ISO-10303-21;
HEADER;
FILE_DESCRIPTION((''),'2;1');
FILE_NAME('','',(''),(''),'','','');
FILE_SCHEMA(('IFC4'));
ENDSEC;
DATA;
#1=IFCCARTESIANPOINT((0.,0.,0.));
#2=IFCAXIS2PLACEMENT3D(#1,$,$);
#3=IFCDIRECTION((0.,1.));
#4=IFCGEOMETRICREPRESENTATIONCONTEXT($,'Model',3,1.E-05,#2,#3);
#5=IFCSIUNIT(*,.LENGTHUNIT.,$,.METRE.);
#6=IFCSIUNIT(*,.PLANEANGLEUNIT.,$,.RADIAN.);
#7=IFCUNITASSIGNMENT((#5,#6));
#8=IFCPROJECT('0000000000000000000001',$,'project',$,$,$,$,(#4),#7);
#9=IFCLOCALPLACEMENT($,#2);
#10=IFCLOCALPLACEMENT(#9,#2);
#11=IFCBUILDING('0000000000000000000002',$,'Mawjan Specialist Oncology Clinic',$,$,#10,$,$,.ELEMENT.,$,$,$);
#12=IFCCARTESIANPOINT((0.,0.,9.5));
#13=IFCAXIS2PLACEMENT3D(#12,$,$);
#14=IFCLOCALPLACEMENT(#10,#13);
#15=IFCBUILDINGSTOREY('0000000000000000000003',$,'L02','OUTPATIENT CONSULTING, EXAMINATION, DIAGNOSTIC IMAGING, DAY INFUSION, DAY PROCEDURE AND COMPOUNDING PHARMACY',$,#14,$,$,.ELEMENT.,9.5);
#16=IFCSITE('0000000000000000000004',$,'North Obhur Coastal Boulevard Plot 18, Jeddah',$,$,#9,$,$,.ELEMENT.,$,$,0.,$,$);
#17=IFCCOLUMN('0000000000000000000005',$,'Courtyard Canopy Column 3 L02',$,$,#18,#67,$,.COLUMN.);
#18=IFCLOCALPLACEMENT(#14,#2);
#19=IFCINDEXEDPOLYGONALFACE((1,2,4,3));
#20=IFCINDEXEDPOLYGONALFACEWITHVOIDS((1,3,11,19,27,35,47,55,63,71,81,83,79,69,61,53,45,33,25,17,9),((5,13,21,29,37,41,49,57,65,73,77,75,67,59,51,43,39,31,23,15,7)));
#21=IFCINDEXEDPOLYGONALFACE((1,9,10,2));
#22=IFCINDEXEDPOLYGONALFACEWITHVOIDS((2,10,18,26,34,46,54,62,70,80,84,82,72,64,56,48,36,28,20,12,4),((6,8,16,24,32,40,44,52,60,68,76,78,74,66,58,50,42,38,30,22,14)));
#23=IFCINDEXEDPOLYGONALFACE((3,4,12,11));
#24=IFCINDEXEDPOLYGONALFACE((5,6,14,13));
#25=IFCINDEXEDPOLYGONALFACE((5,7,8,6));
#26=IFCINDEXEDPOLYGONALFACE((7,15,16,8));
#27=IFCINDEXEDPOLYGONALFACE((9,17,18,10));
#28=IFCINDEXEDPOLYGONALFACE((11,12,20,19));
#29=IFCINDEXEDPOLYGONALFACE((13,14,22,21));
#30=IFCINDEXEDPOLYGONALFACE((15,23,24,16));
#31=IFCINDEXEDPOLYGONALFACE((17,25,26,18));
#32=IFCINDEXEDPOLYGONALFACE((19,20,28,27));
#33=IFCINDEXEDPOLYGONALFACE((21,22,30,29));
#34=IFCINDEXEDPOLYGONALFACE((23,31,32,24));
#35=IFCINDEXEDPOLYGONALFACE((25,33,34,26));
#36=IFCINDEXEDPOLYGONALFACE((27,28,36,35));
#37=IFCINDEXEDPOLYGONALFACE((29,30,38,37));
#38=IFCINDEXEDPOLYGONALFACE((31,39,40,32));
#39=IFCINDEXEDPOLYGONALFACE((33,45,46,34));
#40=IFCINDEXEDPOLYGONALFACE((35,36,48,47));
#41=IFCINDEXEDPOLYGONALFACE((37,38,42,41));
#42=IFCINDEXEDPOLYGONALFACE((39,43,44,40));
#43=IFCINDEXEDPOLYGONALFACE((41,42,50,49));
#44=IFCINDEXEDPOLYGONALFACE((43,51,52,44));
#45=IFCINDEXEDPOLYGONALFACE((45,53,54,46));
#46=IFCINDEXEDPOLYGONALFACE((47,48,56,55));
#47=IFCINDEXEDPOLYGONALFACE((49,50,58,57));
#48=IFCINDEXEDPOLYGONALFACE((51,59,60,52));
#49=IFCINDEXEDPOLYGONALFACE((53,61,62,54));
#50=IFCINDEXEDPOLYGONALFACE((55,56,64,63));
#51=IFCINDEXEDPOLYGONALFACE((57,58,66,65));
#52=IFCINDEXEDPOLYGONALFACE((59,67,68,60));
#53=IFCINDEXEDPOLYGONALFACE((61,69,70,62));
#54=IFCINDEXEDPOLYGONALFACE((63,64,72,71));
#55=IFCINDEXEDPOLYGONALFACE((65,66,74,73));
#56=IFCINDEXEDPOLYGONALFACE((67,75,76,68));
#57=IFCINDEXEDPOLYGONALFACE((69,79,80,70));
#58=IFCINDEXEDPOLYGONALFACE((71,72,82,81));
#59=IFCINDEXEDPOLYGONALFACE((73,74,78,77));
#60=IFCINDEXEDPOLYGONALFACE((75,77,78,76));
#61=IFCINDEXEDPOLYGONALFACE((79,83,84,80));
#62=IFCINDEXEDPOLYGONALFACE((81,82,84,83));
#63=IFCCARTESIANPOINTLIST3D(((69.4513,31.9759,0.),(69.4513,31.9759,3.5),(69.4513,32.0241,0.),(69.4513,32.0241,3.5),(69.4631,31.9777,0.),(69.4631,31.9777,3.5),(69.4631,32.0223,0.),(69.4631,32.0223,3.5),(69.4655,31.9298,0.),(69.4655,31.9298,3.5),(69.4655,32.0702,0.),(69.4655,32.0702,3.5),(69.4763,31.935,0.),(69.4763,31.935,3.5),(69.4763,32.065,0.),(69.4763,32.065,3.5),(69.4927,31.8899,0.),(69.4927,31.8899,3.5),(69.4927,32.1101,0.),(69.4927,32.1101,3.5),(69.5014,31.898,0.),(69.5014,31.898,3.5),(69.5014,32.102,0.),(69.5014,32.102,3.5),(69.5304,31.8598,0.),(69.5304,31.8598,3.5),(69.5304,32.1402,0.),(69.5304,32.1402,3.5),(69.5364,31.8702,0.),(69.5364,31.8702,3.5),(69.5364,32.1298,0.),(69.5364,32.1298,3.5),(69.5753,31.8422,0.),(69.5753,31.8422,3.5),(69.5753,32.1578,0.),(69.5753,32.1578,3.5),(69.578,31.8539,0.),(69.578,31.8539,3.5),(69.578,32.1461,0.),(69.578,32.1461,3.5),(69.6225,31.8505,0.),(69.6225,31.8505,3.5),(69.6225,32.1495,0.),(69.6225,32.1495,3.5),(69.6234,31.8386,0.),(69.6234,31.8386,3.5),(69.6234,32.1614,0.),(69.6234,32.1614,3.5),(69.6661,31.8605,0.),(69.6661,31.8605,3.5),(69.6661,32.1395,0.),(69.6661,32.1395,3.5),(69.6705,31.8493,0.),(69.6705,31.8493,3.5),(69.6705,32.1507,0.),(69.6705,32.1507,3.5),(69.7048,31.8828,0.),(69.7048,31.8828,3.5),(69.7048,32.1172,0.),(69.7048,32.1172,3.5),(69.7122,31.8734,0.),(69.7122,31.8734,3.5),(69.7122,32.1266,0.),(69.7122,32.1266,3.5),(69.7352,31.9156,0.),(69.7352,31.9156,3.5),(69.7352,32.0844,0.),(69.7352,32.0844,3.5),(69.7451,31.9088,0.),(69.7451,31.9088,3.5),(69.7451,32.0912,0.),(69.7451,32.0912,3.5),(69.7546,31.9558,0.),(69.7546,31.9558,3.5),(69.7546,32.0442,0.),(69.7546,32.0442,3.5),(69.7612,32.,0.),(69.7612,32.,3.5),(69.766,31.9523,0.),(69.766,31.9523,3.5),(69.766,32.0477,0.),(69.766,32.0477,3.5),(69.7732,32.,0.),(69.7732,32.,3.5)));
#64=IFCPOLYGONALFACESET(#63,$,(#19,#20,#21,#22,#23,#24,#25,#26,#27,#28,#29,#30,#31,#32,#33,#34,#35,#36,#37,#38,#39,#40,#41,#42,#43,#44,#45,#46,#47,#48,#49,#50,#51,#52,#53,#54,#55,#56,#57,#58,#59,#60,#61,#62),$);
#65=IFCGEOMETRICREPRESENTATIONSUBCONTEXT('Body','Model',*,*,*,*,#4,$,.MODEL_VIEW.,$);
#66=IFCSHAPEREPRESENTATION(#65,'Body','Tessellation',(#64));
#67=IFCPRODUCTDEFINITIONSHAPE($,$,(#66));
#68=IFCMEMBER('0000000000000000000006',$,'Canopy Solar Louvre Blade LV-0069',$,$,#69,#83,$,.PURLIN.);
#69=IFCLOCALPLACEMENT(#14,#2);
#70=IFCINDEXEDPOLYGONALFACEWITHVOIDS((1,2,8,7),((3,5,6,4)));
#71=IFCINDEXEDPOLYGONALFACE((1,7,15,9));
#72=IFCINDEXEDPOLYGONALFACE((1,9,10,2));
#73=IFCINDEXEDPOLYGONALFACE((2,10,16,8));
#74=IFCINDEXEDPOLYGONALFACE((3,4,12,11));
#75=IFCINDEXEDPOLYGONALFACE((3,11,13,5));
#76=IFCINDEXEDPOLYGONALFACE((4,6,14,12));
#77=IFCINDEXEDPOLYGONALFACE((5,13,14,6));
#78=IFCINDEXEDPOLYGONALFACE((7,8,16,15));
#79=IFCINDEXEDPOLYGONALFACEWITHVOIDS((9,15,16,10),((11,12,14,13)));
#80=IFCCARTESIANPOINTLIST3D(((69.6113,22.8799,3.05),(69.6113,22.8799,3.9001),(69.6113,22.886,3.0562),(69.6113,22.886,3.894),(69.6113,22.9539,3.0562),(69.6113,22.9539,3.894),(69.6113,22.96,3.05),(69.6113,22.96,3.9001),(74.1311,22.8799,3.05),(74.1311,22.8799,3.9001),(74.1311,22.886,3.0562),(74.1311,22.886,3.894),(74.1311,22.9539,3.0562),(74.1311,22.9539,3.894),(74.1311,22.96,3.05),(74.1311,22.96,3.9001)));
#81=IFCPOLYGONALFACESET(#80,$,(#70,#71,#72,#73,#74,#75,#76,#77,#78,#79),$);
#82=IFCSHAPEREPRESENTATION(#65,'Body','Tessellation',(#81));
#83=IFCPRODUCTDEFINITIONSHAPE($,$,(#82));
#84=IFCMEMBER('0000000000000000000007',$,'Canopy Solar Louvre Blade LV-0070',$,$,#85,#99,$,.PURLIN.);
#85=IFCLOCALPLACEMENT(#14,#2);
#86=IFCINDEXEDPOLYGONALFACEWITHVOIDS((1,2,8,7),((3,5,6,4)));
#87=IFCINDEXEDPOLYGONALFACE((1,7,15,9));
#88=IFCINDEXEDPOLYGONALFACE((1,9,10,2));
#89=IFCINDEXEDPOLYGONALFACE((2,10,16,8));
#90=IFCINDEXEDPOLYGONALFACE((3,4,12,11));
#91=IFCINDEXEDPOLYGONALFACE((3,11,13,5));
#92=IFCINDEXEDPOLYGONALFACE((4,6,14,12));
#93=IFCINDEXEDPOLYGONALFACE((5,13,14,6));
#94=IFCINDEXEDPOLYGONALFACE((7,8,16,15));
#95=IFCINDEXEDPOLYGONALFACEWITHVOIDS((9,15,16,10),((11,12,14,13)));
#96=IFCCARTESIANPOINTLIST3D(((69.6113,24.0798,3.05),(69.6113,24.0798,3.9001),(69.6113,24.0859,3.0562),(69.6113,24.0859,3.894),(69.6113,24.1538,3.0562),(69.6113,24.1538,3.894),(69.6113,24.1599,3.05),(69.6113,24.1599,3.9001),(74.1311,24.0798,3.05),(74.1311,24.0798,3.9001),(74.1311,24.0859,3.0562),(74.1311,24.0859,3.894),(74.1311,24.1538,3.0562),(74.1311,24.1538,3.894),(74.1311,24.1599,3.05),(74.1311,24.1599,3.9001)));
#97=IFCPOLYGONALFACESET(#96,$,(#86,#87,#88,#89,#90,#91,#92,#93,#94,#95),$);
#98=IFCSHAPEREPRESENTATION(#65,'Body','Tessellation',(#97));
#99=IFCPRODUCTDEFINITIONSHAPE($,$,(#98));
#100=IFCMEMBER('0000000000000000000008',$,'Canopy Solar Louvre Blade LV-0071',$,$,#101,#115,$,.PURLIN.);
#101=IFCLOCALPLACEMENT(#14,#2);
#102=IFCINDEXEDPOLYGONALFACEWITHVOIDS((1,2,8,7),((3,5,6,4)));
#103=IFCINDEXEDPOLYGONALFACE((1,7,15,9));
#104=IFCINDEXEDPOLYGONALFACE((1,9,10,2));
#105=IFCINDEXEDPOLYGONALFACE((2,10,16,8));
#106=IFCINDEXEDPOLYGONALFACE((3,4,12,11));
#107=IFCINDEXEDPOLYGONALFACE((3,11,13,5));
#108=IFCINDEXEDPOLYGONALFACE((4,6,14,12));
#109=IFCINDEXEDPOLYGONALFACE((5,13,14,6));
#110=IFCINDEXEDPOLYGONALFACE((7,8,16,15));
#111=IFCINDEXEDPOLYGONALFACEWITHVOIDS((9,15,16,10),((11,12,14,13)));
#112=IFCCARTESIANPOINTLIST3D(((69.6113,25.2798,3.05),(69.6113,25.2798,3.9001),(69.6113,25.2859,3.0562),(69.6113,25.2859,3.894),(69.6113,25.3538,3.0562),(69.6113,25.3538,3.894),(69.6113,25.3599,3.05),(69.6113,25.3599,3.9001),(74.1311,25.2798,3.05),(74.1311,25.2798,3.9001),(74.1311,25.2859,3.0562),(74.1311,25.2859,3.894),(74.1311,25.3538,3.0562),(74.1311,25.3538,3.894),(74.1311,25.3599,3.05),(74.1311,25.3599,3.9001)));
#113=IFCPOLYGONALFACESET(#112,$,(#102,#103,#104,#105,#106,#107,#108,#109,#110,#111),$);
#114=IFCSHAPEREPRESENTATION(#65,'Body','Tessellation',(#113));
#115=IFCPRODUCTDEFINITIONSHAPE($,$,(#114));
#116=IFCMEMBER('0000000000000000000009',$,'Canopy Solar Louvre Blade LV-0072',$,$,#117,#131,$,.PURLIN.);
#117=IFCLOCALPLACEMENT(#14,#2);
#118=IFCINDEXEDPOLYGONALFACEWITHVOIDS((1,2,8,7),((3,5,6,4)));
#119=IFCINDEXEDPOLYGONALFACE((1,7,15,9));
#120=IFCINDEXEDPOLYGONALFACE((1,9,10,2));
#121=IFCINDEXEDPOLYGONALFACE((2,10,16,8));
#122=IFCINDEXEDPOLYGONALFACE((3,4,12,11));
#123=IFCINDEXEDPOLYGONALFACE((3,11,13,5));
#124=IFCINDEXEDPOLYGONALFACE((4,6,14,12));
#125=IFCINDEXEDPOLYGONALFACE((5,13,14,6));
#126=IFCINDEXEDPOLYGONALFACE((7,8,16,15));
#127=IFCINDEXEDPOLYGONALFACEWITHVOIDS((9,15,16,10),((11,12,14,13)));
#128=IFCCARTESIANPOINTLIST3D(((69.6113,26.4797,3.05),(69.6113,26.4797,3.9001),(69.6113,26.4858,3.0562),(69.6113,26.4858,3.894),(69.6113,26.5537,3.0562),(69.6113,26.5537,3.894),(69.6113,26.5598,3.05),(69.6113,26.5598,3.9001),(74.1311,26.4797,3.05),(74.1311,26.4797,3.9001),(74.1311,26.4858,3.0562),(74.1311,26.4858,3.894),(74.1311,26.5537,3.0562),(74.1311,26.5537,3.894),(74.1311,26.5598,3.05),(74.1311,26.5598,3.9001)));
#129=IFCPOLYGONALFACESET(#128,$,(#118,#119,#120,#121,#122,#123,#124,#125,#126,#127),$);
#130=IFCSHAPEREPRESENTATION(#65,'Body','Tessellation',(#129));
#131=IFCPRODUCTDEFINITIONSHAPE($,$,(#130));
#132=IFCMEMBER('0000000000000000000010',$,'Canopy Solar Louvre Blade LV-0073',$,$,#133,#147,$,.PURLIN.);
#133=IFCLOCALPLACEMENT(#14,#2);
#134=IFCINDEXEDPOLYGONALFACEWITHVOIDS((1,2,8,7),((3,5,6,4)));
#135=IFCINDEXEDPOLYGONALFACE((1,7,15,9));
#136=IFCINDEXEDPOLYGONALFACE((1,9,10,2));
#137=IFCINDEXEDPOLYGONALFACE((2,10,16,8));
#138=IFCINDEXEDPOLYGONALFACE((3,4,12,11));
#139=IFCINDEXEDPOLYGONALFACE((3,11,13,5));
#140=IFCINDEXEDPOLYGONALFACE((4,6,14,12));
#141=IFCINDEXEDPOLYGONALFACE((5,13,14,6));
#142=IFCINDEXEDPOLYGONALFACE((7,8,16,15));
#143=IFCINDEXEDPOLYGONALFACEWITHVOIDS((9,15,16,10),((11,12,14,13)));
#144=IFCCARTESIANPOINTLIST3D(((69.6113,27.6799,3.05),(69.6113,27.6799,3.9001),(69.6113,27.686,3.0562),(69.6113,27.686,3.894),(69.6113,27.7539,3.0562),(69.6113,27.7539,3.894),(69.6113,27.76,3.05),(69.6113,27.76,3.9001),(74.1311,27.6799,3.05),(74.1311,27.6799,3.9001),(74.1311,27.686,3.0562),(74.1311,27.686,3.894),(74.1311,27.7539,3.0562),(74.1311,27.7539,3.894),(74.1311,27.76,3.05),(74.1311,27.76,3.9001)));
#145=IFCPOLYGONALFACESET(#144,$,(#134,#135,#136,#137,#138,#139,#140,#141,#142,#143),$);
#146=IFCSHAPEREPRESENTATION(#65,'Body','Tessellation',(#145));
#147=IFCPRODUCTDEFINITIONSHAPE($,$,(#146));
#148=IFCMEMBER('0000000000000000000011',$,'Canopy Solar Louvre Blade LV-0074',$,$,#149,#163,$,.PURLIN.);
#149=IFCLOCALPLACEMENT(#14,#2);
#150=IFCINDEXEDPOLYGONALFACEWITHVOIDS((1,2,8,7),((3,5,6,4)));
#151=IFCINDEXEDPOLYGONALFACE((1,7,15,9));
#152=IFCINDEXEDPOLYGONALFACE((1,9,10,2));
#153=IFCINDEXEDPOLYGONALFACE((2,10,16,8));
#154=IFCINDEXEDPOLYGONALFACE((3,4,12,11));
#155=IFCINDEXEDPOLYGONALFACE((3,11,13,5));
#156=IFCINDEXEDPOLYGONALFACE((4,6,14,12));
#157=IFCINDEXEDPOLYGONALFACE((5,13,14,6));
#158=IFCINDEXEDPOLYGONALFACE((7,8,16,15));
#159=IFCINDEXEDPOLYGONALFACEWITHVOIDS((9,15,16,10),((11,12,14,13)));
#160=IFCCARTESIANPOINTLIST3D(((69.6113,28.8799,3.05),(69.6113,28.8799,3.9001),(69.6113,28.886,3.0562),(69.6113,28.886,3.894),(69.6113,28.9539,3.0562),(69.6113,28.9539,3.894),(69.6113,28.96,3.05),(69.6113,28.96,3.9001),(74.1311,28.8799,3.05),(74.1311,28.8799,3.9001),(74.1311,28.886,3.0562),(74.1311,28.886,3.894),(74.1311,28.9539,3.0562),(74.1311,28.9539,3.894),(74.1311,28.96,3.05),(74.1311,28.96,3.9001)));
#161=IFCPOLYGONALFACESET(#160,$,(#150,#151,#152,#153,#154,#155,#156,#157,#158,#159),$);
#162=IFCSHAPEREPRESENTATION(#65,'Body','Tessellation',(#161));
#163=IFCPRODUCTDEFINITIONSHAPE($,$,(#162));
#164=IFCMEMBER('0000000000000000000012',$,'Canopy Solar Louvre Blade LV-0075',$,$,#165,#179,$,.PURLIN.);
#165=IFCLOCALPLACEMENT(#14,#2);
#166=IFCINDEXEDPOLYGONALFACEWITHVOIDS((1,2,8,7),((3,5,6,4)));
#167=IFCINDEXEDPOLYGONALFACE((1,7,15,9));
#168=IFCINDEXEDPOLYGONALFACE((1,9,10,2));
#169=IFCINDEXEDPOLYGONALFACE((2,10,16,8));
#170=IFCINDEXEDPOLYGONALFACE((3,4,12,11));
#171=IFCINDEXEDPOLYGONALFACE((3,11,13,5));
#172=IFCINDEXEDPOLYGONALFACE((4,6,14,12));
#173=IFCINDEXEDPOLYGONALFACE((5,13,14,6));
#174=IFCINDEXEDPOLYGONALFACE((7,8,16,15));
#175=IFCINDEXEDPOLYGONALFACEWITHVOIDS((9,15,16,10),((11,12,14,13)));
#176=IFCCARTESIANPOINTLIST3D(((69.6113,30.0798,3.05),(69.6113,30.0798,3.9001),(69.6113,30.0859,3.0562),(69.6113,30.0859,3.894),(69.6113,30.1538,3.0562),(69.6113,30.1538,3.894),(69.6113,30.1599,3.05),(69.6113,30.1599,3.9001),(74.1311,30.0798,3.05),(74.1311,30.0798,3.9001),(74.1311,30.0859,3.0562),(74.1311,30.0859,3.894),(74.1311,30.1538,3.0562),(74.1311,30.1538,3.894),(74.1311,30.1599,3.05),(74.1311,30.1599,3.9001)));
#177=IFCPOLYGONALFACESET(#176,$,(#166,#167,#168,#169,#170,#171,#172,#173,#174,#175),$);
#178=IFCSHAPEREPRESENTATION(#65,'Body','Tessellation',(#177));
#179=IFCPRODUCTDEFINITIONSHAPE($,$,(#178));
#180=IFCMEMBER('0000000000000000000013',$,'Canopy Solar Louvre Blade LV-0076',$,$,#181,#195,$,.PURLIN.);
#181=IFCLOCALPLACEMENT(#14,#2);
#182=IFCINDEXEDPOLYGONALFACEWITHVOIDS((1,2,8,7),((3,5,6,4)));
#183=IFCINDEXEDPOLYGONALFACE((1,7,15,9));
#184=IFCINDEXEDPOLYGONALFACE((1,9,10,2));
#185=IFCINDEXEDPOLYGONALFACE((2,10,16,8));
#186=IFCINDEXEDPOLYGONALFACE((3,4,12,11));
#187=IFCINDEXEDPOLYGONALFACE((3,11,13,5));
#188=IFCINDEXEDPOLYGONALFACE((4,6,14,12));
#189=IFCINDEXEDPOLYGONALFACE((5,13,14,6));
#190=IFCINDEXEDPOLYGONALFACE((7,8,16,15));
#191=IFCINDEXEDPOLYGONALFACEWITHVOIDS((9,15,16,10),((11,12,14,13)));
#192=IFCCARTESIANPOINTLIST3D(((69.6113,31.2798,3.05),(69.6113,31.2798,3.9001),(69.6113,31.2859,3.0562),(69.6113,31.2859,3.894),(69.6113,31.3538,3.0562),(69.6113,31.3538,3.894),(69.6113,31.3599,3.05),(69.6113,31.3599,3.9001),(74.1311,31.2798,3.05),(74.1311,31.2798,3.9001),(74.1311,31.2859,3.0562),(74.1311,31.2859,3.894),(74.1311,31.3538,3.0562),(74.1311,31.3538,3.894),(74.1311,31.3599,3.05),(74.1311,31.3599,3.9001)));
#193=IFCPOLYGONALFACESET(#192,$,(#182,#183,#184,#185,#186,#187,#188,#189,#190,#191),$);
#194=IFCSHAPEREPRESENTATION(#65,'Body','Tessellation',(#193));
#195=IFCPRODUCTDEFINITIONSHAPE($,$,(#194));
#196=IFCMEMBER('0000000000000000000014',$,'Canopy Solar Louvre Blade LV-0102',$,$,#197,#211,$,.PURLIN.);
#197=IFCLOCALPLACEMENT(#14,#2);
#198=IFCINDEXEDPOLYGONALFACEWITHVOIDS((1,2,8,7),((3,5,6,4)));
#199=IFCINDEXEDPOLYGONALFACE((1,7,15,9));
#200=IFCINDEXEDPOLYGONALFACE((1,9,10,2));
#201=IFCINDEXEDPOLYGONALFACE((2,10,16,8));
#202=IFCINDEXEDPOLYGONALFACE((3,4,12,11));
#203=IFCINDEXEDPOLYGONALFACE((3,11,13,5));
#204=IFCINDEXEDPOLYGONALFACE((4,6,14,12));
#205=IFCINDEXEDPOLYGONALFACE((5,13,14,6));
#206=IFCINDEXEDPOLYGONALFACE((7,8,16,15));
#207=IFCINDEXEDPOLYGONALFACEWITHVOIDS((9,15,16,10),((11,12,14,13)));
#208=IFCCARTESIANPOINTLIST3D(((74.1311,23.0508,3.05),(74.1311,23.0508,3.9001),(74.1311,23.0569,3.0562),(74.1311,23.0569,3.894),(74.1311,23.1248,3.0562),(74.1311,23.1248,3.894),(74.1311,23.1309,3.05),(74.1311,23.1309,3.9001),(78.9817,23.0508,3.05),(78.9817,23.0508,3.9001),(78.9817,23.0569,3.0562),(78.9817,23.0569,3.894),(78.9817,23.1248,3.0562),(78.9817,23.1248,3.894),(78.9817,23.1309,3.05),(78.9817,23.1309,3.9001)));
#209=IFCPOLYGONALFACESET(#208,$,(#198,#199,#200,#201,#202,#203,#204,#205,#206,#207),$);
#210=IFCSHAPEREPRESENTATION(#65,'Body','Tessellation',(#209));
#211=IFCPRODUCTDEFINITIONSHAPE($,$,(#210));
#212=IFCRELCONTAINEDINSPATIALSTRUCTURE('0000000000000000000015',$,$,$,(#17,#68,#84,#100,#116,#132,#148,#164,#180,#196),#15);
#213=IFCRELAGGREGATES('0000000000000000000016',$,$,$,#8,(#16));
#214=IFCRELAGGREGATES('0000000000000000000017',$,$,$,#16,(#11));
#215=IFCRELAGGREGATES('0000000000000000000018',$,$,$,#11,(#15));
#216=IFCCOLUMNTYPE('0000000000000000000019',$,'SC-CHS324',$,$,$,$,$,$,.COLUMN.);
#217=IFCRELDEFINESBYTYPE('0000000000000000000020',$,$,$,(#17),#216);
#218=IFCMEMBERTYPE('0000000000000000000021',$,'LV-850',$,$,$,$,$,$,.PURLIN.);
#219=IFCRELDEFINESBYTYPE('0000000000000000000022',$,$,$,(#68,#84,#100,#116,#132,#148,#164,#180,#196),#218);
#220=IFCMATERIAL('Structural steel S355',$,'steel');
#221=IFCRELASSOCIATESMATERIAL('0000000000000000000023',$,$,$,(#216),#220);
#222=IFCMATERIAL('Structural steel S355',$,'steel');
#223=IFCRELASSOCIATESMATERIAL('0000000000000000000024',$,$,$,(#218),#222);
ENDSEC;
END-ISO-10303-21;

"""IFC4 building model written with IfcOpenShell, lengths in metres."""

from ifc_helpers import new_model, si_unit, direction, frame, origin, origin_2d, place, context, subcontext, project, spatial, hollow_rectangle, hollow_circle, extrude, material, material_profile, profile_set, type_object, element, save


model = new_model("IFC4")

# Units and contexts
model_context = context("Model", 3, precision=1e-05, world=origin(), true_north=direction((0.0, 1.0)))
body_context = subcontext(model_context, "Body", "Model", "MODEL_VIEW")
ifc_project = project(units=[si_unit("LENGTHUNIT", "METRE"), si_unit("PLANEANGLEUNIT", "RADIAN")], contexts=[model_context])

# Site, building, storey
site_placement = place(None, origin())
site = spatial("IfcSite", under=ifc_project, at=site_placement, Name="North Obhur Coastal Boulevard Plot 18, Jeddah", CompositionType="ELEMENT", RefElevation=0.0)
building_placement = place(site_placement, origin())
building = spatial("IfcBuilding", under=site, at=building_placement, Name="Mawjan Specialist Oncology Clinic", CompositionType="ELEMENT")
storey_placement = place(building_placement, frame((0.0, 0.0, 9.5)))
storey = spatial("IfcBuildingStorey", under=building, at=storey_placement, Name="L02", Description="OUTPATIENT CONSULTING, EXAMINATION, DIAGNOSTIC IMAGING, DAY INFUSION, DAY PROCEDURE AND COMPOUNDING PHARMACY", CompositionType="ELEMENT", Elevation=9.5)

# Column
ifc_material_1 = material(Name="Structural steel S355", Category="steel")
ifc_material_profile_1 = material_profile(ifc_material_1, hollow_circle(Radius=0.1619, WallThickness=0.012, at=origin_2d()), Name="CHS 323.9x12", Category="steel")
ifc_profile_set_1 = profile_set([ifc_material_profile_1], Name="Structural steel S355")
column_type = type_object("IfcColumnType", Name="SC-CHS324", PredefinedType="COLUMN", material=ifc_profile_set_1)
column_placement = place(storey_placement, frame((69.6113, 32.0, 0.0), z_axis=(0.0, 0.0, 1.0), x_axis=(1.0, 0.0, 0.0)))
element("IfcColumn", 1, at=column_placement, inside=storey, type_object=column_type, Name="Courtyard Canopy Column 3 L02", PredefinedType="COLUMN", context=body_context, shape_type="SweptSolid", body=[
    extrude(hollow_circle(Radius=0.1619, WallThickness=0.012, at=origin_2d()), origin(), (0.0, 0.0, 1.0), 3.5),
])

# Members
ifc_material_2 = material(Name="Structural steel S355", Category="steel")
ifc_material_profile_2 = material_profile(ifc_material_2, hollow_rectangle(XDim=0.0801, YDim=0.8501, WallThickness=0.0061, at=origin_2d()), Name="LOUVRE 850x80x6", Category="steel")
ifc_profile_set_2 = profile_set([ifc_material_profile_2], Name="Structural steel S355")
member_type = type_object("IfcMemberType", Name="LV-850", PredefinedType="PURLIN", material=ifc_profile_set_2)
for number, where, z_axis, x_axis, name in (
    (2, (69.6113, 22.9199, 3.4751), (1.0, 0.0, 0.0), (0.0, 1.0, 0.0), "Canopy Solar Louvre Blade LV-0069"),
    (3, (69.6113, 24.1199, 3.4751), (1.0, 0.0, 0.0), (0.0, 1.0, 0.0), "Canopy Solar Louvre Blade LV-0070"),
    (4, (69.6113, 25.3198, 3.4751), (1.0, 0.0, 0.0), (0.0, 1.0, 0.0), "Canopy Solar Louvre Blade LV-0071"),
    (5, (69.6113, 26.5198, 3.4751), (1.0, 0.0, 0.0), (0.0, 1.0, 0.0), "Canopy Solar Louvre Blade LV-0072"),
    (6, (69.6113, 27.72, 3.4751), (1.0, 0.0, 0.0), (0.0, 1.0, 0.0), "Canopy Solar Louvre Blade LV-0073"),
    (7, (69.6113, 28.9199, 3.4751), (1.0, 0.0, 0.0), (0.0, 1.0, 0.0), "Canopy Solar Louvre Blade LV-0074"),
    (8, (69.6113, 30.1199, 3.4751), (1.0, 0.0, 0.0), (0.0, 1.0, 0.0), "Canopy Solar Louvre Blade LV-0075"),
    (9, (69.6113, 31.3198, 3.4751), (1.0, 0.0, 0.0), (0.0, 1.0, 0.0), "Canopy Solar Louvre Blade LV-0076"),
):
    element("IfcMember", number, at=place(storey_placement, frame(where, z_axis=z_axis, x_axis=x_axis)), inside=storey, type_object=member_type, Name=name, PredefinedType="PURLIN", context=body_context, shape_type="SweptSolid", body=[
        extrude(hollow_rectangle(XDim=0.0801, YDim=0.8501, WallThickness=0.0061, at=origin_2d()), origin(), (0.0, 0.0, 1.0), 4.5198),
    ])
for number, where, z_axis, x_axis, name in (
    (10, (74.1311, 23.0908, 3.4751), (1.0, 0.0, 0.0), (0.0, 1.0, 0.0), "Canopy Solar Louvre Blade LV-0102"),
):
    element("IfcMember", number, at=place(storey_placement, frame(where, z_axis=z_axis, x_axis=x_axis)), inside=storey, type_object=member_type, Name=name, PredefinedType="PURLIN", context=body_context, shape_type="SweptSolid", body=[
        extrude(hollow_rectangle(XDim=0.0801, YDim=0.8501, WallThickness=0.0061, at=origin_2d()), origin(), (0.0, 0.0, 1.0), 4.8506),
    ])

save(model, "model.ifc")
